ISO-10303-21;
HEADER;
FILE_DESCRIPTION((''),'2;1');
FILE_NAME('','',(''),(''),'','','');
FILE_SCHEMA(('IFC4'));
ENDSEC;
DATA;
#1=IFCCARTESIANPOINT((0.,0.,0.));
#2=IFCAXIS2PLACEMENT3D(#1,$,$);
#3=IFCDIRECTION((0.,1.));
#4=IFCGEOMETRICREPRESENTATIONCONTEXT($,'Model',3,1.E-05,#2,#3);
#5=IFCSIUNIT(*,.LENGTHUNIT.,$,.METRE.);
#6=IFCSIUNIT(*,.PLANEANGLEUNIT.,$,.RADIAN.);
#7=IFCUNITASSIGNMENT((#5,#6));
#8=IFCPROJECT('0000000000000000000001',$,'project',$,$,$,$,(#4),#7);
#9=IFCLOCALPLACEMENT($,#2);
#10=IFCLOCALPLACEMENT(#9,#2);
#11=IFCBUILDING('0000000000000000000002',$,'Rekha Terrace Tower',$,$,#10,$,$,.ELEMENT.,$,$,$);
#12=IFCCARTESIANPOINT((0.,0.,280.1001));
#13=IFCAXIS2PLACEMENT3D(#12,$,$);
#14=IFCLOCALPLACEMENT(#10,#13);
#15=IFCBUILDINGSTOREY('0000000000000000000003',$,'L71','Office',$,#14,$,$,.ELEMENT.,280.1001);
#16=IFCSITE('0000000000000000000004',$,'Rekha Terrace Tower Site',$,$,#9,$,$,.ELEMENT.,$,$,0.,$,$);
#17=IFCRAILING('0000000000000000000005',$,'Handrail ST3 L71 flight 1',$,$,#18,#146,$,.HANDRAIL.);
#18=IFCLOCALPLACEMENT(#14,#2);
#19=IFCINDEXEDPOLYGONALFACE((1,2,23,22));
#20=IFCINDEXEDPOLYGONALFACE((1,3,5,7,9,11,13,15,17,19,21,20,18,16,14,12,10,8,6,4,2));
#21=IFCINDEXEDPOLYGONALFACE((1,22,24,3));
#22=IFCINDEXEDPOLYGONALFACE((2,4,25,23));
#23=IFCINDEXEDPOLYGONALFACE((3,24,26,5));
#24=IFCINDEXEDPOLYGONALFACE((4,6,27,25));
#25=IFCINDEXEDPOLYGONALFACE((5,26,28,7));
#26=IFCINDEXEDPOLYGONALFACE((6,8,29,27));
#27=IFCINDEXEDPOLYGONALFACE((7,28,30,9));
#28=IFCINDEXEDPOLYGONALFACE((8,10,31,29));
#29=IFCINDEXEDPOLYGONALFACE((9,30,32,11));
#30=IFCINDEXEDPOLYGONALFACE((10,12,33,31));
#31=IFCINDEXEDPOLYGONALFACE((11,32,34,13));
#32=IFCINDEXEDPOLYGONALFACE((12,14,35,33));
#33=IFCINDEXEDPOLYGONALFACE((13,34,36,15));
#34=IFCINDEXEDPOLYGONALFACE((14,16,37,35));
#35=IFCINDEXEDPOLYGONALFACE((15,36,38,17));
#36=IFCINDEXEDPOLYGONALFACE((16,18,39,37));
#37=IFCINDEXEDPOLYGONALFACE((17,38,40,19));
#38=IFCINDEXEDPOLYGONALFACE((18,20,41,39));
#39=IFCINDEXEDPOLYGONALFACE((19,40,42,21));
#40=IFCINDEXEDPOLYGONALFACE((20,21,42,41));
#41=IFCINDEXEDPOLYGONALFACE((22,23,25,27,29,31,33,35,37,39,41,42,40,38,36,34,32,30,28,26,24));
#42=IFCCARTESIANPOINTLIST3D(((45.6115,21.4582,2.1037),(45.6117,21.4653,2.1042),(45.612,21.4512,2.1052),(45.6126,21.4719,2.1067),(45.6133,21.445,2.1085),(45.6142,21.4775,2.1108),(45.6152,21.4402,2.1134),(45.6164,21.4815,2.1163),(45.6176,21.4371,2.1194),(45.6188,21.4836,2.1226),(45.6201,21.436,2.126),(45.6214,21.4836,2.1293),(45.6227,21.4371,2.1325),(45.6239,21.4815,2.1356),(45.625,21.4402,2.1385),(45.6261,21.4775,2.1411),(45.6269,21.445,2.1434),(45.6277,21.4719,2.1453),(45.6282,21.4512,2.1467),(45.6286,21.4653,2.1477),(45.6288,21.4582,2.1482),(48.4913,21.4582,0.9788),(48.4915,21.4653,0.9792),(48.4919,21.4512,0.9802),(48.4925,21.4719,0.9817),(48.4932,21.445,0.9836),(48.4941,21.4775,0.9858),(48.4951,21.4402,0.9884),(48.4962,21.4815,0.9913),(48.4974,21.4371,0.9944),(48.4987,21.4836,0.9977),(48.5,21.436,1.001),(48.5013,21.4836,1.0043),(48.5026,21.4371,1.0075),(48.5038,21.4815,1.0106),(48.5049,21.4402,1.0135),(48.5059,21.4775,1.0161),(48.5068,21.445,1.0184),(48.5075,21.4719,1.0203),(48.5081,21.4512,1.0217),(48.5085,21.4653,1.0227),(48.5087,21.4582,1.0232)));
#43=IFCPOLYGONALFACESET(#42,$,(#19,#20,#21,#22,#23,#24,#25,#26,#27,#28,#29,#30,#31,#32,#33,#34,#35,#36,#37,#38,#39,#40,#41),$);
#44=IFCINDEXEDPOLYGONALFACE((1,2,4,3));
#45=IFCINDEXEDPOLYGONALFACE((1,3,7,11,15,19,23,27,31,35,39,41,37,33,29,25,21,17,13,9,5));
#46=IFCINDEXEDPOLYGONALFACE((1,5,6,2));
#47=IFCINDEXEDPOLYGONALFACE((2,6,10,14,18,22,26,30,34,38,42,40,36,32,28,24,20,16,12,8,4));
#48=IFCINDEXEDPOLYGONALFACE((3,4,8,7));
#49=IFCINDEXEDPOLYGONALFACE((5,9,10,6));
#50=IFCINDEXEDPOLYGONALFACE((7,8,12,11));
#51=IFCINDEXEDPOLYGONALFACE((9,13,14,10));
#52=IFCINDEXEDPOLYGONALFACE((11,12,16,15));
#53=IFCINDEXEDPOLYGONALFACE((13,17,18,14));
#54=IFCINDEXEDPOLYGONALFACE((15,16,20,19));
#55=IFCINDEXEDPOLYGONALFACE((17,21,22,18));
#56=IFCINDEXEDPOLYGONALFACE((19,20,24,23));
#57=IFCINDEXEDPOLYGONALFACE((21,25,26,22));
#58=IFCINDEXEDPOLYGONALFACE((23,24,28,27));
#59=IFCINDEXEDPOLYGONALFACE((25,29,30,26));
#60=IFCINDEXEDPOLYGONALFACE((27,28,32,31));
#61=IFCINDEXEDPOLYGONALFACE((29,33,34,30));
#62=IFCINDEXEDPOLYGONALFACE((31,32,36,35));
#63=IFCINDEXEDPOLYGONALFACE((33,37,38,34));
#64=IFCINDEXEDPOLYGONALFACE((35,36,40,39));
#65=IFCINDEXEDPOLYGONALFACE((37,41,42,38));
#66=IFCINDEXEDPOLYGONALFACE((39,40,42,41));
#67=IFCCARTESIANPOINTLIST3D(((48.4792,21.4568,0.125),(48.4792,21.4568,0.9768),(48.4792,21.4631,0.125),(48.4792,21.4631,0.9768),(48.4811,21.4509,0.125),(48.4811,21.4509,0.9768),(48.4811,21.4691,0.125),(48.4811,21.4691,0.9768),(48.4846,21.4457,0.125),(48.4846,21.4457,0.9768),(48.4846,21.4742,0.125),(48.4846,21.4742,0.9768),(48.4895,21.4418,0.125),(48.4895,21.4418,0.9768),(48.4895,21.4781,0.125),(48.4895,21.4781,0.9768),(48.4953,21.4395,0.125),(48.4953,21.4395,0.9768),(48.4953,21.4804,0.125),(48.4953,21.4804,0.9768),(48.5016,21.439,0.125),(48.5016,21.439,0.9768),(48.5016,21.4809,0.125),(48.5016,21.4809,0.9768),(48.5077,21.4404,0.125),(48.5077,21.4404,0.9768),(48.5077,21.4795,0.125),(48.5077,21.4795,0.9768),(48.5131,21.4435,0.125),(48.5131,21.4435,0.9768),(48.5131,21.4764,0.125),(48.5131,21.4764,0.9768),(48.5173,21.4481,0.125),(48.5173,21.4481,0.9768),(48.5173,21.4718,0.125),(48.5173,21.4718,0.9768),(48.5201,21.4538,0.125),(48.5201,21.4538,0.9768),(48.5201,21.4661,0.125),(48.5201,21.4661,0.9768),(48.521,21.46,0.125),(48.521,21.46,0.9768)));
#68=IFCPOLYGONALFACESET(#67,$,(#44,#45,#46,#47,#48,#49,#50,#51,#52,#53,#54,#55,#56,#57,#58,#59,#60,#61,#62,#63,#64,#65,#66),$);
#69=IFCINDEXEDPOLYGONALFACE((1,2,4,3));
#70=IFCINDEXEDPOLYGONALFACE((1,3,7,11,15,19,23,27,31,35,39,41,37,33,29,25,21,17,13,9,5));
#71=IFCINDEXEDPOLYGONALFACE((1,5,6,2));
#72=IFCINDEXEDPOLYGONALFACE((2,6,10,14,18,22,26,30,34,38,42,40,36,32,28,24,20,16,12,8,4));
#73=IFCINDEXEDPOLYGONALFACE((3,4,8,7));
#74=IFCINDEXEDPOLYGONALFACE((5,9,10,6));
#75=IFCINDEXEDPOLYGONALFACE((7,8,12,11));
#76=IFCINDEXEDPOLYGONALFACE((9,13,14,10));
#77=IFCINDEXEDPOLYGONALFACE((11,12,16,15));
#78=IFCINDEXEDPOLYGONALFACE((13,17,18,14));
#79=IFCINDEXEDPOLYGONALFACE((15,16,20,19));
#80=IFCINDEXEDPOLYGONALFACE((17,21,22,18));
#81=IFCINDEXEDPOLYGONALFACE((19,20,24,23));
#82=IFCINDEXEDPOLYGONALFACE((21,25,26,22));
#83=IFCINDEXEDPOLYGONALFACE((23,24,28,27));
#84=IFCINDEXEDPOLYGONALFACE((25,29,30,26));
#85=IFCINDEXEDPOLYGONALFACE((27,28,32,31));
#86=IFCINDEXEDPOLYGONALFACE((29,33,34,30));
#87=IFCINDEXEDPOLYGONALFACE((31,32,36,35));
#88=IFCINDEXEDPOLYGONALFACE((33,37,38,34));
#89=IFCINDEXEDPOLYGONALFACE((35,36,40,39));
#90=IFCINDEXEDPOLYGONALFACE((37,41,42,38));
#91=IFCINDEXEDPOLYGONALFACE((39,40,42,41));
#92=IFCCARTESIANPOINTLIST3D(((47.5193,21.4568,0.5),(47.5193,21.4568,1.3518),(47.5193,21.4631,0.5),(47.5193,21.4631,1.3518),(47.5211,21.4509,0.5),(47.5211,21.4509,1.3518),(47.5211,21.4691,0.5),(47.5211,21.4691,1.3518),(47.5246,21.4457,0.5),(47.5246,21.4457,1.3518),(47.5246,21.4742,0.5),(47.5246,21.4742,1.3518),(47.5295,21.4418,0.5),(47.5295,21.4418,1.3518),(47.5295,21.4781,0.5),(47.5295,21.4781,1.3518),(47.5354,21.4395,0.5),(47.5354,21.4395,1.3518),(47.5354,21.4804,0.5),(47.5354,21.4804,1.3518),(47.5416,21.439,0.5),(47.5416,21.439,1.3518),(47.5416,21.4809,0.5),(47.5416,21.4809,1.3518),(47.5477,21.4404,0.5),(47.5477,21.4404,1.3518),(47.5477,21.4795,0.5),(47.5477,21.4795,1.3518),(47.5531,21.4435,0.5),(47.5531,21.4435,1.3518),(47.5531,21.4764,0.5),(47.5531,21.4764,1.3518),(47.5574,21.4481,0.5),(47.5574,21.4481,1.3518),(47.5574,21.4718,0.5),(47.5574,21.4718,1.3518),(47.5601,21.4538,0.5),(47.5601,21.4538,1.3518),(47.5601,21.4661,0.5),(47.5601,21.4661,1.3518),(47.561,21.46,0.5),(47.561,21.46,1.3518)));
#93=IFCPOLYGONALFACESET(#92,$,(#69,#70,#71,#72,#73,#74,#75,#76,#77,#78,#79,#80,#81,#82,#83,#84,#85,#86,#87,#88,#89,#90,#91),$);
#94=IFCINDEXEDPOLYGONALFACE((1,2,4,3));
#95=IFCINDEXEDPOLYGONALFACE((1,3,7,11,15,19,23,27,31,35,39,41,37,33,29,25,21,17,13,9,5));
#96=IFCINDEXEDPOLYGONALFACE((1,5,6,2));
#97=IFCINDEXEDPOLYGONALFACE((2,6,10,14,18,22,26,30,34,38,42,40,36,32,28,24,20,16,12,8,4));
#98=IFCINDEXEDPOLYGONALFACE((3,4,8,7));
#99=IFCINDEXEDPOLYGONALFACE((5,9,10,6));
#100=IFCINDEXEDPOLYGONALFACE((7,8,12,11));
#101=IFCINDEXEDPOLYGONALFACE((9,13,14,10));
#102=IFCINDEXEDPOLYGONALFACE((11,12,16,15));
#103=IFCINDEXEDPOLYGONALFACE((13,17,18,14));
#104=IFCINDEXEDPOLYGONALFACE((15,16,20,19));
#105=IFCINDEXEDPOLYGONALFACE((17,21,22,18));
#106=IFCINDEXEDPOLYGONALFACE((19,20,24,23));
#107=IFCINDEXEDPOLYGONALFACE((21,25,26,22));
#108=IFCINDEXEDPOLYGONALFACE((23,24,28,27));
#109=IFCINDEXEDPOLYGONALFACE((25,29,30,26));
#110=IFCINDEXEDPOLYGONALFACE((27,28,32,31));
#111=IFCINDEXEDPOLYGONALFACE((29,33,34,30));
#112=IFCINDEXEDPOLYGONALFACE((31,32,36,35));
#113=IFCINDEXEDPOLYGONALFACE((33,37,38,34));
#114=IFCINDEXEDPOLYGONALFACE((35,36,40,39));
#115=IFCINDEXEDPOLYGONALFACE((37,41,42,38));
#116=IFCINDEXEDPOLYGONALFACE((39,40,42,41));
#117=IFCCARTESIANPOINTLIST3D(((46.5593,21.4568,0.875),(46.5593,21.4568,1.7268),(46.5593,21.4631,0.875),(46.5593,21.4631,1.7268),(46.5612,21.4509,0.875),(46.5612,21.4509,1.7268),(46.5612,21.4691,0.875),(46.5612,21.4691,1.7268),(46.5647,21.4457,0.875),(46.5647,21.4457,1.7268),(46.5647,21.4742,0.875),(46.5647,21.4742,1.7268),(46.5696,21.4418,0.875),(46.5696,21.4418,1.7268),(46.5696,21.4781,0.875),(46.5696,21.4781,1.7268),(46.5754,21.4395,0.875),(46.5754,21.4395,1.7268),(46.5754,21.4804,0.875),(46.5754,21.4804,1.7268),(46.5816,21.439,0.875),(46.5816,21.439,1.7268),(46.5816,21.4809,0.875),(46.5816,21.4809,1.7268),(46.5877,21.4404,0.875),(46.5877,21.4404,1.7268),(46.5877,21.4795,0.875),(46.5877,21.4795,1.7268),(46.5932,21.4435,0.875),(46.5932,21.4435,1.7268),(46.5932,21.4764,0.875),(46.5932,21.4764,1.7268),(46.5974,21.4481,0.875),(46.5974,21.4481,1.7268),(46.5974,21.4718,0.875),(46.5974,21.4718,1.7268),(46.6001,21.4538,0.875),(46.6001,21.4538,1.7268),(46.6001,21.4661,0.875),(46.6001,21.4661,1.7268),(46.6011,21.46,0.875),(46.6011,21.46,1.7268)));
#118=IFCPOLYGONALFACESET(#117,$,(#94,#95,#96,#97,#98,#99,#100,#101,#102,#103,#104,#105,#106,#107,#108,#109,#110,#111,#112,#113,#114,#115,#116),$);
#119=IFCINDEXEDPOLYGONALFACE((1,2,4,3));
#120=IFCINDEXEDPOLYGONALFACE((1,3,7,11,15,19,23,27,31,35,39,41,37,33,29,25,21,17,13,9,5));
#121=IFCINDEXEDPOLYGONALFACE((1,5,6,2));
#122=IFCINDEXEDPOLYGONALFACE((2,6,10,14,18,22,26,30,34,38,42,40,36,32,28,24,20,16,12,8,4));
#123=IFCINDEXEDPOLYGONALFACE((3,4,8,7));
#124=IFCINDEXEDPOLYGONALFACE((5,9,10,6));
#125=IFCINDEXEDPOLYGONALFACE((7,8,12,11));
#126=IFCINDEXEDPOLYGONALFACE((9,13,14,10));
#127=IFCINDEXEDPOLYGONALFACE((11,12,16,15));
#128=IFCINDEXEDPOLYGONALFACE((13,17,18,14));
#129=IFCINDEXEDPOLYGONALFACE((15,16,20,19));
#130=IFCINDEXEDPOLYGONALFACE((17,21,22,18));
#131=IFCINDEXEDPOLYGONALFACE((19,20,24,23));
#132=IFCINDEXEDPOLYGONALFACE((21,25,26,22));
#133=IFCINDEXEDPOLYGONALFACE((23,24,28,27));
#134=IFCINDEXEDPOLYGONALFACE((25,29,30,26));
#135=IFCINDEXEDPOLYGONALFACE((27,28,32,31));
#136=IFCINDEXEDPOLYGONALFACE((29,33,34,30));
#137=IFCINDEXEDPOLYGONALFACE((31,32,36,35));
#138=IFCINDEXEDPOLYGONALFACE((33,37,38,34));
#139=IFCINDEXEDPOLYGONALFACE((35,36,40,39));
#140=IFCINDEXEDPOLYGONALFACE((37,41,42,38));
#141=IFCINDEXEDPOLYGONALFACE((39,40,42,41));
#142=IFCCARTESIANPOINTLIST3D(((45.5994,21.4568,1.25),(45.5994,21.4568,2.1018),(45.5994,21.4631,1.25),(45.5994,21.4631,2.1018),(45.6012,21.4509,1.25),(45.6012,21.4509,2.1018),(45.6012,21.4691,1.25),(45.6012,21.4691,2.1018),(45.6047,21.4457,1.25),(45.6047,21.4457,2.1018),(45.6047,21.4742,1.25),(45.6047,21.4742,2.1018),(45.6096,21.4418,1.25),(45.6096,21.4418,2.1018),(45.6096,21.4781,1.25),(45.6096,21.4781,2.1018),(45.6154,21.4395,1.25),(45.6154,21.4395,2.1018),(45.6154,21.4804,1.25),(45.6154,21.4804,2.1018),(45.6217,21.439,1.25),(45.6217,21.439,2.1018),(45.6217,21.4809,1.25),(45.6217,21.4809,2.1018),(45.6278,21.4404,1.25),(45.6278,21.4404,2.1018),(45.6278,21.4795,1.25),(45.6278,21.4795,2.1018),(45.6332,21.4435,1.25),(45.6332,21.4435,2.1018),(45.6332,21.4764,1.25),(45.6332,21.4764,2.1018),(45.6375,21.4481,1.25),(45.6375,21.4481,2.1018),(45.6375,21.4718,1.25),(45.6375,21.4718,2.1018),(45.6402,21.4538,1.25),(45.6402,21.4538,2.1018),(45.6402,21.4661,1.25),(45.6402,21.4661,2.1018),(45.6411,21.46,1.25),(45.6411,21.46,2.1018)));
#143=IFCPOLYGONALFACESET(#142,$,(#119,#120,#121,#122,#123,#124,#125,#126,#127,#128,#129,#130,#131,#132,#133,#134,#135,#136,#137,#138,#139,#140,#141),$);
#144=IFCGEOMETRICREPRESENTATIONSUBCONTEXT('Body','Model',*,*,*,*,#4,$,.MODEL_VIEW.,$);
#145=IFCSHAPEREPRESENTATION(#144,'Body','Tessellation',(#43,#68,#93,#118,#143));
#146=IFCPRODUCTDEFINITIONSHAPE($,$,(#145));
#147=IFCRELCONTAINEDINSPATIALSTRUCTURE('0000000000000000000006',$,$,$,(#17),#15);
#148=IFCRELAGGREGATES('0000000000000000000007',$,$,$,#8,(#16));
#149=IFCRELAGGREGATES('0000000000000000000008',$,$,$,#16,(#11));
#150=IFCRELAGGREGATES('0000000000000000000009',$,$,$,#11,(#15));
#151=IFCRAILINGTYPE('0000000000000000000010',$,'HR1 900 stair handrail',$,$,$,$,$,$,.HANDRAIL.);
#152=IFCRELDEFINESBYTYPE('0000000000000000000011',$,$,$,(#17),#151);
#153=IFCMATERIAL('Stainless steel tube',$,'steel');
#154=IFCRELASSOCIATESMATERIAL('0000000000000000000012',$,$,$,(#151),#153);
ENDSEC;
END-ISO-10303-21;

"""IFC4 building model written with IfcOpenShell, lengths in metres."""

from ifc_helpers import new_model, si_unit, direction, frame, origin, origin_2d, place, context, subcontext, project, spatial, circle, extrude, material, type_object, element, save


model = new_model("IFC4")

# Units and contexts
model_context = context("Model", 3, precision=1e-05, world=origin(), true_north=direction((0.0, 1.0)))
body_context = subcontext(model_context, "Body", "Model", "MODEL_VIEW")
ifc_project = project(units=[si_unit("LENGTHUNIT", "METRE"), si_unit("PLANEANGLEUNIT", "RADIAN")], contexts=[model_context])

# Site, building, storey
site_placement = place(None, origin())
site = spatial("IfcSite", under=ifc_project, at=site_placement, Name="Rekha Terrace Tower Site", CompositionType="ELEMENT", RefElevation=0.0)
building_placement = place(site_placement, origin())
building = spatial("IfcBuilding", under=site, at=building_placement, Name="Rekha Terrace Tower", CompositionType="ELEMENT")
storey_placement = place(building_placement, frame((0.0, 0.0, 280.1001)))
storey = spatial("IfcBuildingStorey", under=building, at=storey_placement, Name="L71", Description="Office", CompositionType="ELEMENT", Elevation=280.1001)

# Railing
ifc_material_1 = material(Name="Stainless steel tube", Category="steel")
railing_type_1 = type_object("IfcRailingType", Name="HR1 900 stair handrail", PredefinedType="HANDRAIL", material=ifc_material_1)
railing_1_placement = place(storey_placement, frame((48.5, 21.46, 0.125)))
element("IfcRailing", 1, at=railing_1_placement, inside=storey, type_object=railing_type_1, Name="Handrail ST3 L71 flight 1", PredefinedType="HANDRAIL", context=body_context, shape_type="SweptSolid", body=[
    extrude(circle(Radius=0.0239, at=origin_2d()), frame((0.0, 0.0, 0.876), z_axis=(-0.931452, 0.0, 0.363863), x_axis=(0.0, -1.0, 0.0)), (0.0, 0.0, 1.0), 3.0918),
    extrude(circle(Radius=0.021, at=origin_2d()), origin(), (0.0, 0.0, 1.0), 0.8518),
    extrude(circle(Radius=0.021, at=origin_2d()), frame((-0.96, 0.0, 0.375)), (0.0, 0.0, 1.0), 0.8518),
    extrude(circle(Radius=0.021, at=origin_2d()), frame((-1.9199, 0.0, 0.75)), (0.0, 0.0, 1.0), 0.8518),
    extrude(circle(Radius=0.021, at=origin_2d()), frame((-2.8799, 0.0, 1.125)), (0.0, 0.0, 1.0), 0.8518),
])

save(model, "model.ifc")
